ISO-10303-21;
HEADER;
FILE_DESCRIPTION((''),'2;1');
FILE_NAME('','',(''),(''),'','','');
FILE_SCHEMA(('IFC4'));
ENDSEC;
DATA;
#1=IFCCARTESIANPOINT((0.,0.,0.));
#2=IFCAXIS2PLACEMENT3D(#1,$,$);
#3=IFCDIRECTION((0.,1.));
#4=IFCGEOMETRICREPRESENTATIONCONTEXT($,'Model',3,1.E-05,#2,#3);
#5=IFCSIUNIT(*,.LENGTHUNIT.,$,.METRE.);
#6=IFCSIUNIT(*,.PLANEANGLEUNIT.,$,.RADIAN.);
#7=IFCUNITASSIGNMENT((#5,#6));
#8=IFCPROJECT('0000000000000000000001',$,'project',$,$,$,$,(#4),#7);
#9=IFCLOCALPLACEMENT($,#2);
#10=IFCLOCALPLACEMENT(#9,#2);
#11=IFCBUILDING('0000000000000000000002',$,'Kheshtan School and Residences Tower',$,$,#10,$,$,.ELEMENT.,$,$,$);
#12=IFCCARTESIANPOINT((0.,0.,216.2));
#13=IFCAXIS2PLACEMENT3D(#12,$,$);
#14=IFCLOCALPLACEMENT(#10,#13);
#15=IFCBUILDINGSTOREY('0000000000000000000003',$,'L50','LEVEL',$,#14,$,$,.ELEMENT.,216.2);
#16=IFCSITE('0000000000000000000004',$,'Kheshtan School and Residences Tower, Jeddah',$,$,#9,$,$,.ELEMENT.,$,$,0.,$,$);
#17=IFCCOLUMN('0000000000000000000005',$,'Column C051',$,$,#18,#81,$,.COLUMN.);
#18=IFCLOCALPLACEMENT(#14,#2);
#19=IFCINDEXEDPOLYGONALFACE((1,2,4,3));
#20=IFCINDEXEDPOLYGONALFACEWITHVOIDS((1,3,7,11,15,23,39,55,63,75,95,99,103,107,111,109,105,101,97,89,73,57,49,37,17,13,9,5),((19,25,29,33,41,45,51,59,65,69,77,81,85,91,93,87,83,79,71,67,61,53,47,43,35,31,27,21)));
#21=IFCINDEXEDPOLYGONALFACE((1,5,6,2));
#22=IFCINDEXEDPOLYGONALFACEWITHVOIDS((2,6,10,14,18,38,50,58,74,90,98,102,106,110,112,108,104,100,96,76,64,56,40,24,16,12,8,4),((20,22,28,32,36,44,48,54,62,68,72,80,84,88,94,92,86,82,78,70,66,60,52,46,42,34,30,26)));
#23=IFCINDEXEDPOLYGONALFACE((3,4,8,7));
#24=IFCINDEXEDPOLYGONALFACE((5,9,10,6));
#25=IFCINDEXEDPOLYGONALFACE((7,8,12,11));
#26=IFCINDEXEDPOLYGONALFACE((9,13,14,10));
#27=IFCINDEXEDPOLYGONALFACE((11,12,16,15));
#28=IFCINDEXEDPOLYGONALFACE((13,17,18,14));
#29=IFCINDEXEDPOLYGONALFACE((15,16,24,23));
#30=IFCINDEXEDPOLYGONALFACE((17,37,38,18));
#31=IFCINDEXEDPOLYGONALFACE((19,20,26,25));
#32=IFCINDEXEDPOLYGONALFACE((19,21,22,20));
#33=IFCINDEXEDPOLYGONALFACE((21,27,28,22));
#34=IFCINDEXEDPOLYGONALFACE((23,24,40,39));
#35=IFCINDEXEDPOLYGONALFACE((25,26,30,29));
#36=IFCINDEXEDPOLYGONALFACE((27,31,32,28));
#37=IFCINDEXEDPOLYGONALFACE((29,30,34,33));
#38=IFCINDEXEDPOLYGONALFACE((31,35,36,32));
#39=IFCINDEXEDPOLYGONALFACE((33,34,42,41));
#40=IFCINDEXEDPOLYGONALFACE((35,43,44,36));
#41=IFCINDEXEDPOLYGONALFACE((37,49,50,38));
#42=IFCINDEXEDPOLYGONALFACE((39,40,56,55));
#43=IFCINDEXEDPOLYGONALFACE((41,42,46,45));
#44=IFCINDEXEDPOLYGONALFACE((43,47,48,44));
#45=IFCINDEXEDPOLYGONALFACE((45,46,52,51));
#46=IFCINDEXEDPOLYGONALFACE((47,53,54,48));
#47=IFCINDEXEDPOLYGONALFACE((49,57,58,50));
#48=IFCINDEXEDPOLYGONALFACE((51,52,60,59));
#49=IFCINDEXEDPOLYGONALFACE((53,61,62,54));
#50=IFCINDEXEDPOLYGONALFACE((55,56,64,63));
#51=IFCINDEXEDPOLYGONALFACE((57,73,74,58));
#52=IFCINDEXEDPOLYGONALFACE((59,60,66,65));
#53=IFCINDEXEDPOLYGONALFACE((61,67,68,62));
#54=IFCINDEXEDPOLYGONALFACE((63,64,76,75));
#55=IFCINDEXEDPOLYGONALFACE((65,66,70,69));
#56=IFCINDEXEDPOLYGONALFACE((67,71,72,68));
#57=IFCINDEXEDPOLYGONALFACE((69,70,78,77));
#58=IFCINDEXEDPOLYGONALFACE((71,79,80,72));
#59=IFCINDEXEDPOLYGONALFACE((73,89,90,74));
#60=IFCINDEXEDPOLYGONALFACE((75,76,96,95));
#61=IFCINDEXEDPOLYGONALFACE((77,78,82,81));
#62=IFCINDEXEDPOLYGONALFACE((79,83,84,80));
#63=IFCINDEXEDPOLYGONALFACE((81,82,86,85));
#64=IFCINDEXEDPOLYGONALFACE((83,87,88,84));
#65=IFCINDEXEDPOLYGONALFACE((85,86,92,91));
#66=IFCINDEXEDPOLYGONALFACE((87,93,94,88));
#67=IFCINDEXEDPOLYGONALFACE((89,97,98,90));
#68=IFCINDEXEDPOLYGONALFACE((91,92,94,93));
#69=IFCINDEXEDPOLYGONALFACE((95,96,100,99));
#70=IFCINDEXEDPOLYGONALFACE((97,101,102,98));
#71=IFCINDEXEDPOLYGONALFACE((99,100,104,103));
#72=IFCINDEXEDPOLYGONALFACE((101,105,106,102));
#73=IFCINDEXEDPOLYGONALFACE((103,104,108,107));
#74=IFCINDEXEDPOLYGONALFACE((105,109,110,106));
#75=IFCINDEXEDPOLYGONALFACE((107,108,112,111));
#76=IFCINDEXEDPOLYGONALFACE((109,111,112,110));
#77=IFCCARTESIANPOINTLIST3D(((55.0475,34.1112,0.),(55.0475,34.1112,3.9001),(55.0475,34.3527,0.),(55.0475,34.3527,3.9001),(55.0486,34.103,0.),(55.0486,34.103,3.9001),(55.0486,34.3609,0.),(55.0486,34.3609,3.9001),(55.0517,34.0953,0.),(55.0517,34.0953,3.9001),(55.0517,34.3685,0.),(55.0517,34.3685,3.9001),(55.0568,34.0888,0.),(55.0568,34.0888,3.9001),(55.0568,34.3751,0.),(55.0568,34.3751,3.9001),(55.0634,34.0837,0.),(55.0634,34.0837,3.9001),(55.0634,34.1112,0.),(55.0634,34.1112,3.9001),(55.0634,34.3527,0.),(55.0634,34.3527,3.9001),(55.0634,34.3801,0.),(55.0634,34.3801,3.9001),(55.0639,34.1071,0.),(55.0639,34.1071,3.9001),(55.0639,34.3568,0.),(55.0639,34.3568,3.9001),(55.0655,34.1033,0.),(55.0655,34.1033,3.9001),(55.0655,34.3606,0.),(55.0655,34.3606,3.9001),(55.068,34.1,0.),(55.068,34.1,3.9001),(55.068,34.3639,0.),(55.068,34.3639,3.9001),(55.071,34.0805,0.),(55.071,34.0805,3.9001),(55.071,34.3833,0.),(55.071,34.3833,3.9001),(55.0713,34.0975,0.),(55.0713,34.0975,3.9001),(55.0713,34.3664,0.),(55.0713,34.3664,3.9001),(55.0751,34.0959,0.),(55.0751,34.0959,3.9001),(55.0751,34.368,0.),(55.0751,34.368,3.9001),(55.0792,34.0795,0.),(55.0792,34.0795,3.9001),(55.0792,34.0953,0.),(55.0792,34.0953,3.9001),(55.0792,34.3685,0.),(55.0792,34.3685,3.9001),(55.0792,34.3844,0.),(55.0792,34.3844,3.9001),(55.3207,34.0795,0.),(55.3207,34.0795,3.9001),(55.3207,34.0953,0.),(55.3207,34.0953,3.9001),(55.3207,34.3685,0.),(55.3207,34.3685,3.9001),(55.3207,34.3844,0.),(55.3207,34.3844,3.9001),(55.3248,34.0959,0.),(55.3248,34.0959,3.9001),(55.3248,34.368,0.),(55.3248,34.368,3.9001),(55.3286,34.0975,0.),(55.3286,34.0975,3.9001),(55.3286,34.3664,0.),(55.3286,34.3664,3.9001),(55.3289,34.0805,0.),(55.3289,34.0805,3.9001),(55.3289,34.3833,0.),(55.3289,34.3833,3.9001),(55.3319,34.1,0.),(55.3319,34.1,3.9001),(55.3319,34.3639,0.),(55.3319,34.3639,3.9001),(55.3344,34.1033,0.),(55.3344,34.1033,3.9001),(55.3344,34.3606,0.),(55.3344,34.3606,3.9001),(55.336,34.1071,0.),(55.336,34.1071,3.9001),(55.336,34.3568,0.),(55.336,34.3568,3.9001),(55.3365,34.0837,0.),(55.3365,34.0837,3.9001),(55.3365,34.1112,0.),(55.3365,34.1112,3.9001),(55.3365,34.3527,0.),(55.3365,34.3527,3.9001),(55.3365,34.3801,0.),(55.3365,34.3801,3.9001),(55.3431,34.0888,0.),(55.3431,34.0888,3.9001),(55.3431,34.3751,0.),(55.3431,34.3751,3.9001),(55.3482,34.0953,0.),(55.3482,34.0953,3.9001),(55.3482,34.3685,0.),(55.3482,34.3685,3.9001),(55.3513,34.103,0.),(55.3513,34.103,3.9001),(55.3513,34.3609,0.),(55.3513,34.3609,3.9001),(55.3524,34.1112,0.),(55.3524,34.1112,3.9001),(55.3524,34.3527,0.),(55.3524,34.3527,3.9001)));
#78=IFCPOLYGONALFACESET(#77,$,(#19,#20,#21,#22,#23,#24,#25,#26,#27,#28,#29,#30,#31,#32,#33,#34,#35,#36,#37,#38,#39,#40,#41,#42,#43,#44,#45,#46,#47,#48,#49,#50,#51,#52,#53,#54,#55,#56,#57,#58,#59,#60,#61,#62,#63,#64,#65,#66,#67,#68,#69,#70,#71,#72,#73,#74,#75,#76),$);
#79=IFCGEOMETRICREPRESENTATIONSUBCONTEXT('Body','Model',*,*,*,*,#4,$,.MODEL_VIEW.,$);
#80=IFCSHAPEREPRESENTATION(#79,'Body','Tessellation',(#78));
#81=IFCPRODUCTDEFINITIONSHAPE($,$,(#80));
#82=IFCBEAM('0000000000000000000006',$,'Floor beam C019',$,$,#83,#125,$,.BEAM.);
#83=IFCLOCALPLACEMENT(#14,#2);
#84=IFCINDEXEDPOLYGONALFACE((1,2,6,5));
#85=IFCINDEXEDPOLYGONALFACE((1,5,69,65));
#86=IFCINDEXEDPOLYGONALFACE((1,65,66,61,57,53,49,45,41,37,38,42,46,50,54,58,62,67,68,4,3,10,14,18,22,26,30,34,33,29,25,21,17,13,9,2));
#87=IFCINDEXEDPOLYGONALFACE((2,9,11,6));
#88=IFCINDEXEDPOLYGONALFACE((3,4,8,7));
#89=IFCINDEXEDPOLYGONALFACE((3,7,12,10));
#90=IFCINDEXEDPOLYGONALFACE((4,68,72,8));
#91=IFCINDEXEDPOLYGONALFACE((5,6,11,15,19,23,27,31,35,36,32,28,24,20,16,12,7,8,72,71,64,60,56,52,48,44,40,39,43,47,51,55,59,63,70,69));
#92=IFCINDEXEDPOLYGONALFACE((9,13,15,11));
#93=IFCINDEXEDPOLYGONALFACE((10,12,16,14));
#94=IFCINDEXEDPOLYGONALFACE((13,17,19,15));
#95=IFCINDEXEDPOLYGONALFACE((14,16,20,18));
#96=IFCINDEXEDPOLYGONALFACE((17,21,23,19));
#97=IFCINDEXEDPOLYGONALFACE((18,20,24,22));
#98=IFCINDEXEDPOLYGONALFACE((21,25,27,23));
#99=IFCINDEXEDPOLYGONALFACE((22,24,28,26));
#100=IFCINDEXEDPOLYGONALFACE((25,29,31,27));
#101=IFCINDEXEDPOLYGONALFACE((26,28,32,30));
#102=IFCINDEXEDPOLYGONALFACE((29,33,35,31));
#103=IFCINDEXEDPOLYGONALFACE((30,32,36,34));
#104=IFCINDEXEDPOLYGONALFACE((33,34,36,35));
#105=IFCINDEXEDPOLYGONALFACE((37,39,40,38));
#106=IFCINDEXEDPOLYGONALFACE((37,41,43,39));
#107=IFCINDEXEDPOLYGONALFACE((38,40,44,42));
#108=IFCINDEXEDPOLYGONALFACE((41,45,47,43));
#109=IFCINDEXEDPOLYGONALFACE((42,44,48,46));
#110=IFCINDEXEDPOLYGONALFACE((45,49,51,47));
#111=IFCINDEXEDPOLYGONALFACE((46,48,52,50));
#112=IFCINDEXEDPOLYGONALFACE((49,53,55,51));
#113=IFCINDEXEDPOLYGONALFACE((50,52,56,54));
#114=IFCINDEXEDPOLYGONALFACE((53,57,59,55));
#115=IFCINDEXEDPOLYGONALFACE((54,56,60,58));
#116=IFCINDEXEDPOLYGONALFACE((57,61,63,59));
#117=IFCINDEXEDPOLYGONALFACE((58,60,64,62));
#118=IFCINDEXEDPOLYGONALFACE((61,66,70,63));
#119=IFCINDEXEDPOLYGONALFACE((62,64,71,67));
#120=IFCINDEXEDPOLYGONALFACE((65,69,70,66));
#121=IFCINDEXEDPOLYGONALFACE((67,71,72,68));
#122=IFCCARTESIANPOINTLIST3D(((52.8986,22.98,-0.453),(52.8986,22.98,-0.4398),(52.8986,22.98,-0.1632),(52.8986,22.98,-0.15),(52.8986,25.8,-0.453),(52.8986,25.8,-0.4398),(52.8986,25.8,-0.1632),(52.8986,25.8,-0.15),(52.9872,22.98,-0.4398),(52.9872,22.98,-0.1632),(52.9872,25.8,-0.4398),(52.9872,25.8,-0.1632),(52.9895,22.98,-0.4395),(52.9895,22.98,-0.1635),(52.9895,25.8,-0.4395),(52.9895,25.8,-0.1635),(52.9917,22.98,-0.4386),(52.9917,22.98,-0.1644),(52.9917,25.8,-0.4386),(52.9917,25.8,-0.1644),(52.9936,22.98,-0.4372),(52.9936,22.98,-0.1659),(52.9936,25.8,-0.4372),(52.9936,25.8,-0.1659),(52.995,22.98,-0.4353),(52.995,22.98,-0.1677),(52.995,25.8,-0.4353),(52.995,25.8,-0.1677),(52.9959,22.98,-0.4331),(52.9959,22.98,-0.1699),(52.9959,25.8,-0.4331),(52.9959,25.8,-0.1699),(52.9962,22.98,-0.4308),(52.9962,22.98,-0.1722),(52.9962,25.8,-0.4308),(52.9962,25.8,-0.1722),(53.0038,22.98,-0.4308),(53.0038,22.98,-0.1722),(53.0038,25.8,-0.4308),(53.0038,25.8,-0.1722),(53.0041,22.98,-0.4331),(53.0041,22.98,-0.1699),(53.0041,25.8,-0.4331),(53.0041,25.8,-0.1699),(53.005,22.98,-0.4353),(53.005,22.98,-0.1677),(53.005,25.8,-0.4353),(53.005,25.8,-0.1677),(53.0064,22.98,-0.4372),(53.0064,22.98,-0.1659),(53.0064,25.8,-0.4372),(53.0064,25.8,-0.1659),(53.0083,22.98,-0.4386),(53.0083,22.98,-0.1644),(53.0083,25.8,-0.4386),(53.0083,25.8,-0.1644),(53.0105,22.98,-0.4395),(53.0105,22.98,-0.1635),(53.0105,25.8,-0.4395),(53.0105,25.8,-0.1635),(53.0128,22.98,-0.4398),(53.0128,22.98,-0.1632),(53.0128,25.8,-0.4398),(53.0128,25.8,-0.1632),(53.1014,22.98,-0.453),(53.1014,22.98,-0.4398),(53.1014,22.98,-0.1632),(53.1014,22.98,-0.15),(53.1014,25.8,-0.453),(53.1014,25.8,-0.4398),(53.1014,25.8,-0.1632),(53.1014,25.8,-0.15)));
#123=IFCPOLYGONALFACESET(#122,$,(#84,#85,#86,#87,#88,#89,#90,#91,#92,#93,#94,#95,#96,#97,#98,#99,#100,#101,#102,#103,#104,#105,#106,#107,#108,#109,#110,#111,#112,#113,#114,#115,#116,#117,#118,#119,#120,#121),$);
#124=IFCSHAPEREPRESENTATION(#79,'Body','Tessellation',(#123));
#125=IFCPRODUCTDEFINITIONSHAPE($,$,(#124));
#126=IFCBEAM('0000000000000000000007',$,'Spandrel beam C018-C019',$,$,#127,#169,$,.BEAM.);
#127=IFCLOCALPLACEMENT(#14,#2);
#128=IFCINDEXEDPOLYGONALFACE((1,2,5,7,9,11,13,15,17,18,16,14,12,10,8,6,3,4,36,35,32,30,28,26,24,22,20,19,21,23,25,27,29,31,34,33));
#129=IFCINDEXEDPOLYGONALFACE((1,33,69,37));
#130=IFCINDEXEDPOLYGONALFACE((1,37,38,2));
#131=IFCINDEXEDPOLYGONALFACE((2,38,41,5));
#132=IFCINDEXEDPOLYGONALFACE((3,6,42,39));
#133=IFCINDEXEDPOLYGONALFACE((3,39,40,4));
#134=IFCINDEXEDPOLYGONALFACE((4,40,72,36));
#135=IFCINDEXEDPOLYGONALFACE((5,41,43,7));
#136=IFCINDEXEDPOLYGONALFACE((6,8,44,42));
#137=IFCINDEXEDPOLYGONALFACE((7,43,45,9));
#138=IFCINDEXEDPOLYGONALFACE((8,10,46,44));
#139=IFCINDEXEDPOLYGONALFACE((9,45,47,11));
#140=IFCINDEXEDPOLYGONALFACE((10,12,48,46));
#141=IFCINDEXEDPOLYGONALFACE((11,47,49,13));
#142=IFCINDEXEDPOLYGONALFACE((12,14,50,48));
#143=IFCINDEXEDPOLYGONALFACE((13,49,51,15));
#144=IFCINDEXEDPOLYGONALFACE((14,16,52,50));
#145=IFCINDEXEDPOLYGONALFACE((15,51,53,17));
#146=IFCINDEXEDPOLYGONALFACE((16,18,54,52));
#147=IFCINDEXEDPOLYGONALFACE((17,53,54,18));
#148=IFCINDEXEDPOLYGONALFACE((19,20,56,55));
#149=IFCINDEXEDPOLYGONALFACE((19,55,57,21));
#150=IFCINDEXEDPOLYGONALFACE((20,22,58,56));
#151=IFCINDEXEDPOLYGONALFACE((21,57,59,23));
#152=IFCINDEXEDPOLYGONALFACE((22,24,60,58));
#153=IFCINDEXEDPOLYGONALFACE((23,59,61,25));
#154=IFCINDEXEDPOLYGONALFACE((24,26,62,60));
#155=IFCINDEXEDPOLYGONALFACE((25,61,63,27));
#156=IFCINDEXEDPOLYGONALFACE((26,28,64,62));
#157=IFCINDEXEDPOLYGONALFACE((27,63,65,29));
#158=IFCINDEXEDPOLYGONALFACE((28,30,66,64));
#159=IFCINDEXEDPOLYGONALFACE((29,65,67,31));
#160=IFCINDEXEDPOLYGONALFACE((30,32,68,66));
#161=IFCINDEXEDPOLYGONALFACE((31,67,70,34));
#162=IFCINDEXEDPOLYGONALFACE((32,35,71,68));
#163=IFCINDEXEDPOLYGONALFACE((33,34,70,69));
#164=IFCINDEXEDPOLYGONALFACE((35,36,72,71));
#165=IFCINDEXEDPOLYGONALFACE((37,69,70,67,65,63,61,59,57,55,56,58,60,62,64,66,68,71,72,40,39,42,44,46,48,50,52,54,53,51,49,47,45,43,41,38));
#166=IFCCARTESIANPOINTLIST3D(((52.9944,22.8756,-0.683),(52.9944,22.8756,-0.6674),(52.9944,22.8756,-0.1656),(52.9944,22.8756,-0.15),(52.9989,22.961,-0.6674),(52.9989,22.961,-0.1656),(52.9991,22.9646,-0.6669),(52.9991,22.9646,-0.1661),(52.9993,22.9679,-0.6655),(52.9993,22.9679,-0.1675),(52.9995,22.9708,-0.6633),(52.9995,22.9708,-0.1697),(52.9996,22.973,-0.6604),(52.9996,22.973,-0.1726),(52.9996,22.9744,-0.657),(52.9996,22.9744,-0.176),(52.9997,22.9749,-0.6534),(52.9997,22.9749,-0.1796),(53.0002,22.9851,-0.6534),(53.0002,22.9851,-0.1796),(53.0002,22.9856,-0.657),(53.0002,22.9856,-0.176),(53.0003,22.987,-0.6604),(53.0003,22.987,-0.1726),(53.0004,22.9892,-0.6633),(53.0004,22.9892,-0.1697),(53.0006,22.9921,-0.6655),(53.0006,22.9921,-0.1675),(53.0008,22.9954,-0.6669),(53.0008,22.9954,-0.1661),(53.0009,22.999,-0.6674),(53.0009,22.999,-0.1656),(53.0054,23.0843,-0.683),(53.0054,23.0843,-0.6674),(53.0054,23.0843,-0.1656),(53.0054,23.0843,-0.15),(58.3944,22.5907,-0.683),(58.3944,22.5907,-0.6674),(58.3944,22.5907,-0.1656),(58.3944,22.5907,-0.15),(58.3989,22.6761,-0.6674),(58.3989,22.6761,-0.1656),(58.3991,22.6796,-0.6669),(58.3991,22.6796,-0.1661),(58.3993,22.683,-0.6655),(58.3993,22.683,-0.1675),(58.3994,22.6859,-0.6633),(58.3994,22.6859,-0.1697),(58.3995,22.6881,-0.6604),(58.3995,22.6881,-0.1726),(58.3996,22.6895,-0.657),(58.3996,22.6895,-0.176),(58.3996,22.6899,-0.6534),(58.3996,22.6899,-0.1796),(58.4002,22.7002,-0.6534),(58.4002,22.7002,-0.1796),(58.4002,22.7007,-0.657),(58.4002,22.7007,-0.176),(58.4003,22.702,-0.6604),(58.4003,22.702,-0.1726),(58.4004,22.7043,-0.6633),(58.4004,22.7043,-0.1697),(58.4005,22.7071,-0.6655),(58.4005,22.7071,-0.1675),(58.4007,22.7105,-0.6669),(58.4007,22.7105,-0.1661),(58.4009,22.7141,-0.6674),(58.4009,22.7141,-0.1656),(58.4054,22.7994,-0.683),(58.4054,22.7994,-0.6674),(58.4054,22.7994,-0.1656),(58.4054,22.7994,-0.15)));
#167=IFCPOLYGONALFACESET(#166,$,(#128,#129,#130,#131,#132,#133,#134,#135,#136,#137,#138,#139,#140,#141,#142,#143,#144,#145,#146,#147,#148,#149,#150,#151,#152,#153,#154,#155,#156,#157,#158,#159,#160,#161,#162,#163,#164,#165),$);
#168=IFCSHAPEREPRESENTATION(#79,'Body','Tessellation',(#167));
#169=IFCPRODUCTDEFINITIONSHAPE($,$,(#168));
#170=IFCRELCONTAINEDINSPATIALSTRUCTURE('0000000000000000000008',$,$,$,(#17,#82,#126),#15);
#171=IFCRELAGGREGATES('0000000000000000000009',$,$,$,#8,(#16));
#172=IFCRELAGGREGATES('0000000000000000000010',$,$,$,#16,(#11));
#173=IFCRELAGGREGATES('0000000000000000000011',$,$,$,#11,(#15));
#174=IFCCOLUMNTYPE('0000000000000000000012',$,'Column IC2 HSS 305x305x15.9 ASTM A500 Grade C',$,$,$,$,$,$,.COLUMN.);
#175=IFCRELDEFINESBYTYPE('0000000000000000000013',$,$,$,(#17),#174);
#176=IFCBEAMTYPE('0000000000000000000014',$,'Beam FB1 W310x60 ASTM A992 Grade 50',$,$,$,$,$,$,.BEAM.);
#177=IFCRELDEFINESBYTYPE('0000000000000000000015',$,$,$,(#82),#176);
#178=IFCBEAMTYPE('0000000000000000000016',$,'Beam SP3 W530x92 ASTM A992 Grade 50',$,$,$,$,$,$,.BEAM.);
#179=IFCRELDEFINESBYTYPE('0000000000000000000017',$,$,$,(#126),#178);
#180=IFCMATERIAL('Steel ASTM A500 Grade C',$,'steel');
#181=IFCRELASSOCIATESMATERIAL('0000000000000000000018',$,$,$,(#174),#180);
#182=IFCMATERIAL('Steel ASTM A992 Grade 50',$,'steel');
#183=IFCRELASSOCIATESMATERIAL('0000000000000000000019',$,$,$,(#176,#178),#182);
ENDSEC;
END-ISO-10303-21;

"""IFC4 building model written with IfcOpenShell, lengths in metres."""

from ifc_helpers import new_model, si_unit, direction, frame, origin, origin_2d, place, context, subcontext, project, spatial, hollow_rectangle, i_section, extrude, material, material_profile, profile_set, type_object, element, save


model = new_model("IFC4")

# Units and contexts
model_context = context("Model", 3, precision=1e-05, world=origin(), true_north=direction((0.0, 1.0)))
body_context = subcontext(model_context, "Body", "Model", "MODEL_VIEW")
ifc_project = project(units=[si_unit("LENGTHUNIT", "METRE"), si_unit("PLANEANGLEUNIT", "RADIAN")], contexts=[model_context])

# Site, building, storey
site_placement = place(None, origin())
site = spatial("IfcSite", under=ifc_project, at=site_placement, Name="Kheshtan School and Residences Tower, Jeddah", CompositionType="ELEMENT", RefElevation=0.0)
building_placement = place(site_placement, origin())
building = spatial("IfcBuilding", under=site, at=building_placement, Name="Kheshtan School and Residences Tower", CompositionType="ELEMENT")
storey_placement = place(building_placement, frame((0.0, 0.0, 216.2)))
storey = spatial("IfcBuildingStorey", under=building, at=storey_placement, Name="L50", Description="LEVEL", CompositionType="ELEMENT", Elevation=216.2)

# Column
ifc_material_1 = material(Name="Steel ASTM A992 Grade 50", Category="steel")
ifc_material_2 = material(Name="Steel ASTM A500 Grade C", Category="steel")
ifc_material_profile_1 = material_profile(ifc_material_2, hollow_rectangle(XDim=0.3049, YDim=0.3049, WallThickness=0.0159, InnerFilletRadius=0.0159, OuterFilletRadius=0.0317, at=origin_2d()), Name="HSS 305x305x15.9")
ifc_profile_set_1 = profile_set([ifc_material_profile_1], Name="Steel ASTM A500 Grade C")
column_type_1 = type_object("IfcColumnType", Name="Column IC2 HSS 305x305x15.9 ASTM A500 Grade C", PredefinedType="COLUMN", material=ifc_profile_set_1)
column_placement = place(storey_placement, frame((55.2, 34.2319, 0.0), z_axis=(0.0, 0.0, 1.0), x_axis=(1.0, 0.0, 0.0)))
element("IfcColumn", 1, at=column_placement, inside=storey, type_object=column_type_1, Name="Column C051", PredefinedType="COLUMN", context=body_context, shape_type="SweptSolid", body=[
    extrude(hollow_rectangle(XDim=0.3049, YDim=0.3049, WallThickness=0.0159, InnerFilletRadius=0.0159, OuterFilletRadius=0.0317, at=origin_2d()), origin(), (0.0, 0.0, 1.0), 3.9001),
])

# Beams
ifc_material_profile_2 = material_profile(ifc_material_1, i_section(OverallWidth=0.2029, OverallDepth=0.303, WebThickness=0.0076, FlangeThickness=0.0132, FilletRadius=0.009, at=origin_2d()), Name="W310x60")
ifc_profile_set_2 = profile_set([ifc_material_profile_2], Name="Steel ASTM A992 Grade 50")
beam_type_1 = type_object("IfcBeamType", Name="Beam FB1 W310x60 ASTM A992 Grade 50", PredefinedType="BEAM", material=ifc_profile_set_2)
beam_1_placement = place(storey_placement, frame((53.0, 22.98, -0.3015), z_axis=(0.0, 1.0, 0.0), x_axis=(-1.0, 0.0, 0.0)))
element("IfcBeam", 2, at=beam_1_placement, inside=storey, type_object=beam_type_1, Name="Floor beam C019", PredefinedType="BEAM", context=body_context, shape_type="SweptSolid", body=[
    extrude(i_section(OverallWidth=0.2029, OverallDepth=0.303, WebThickness=0.0076, FlangeThickness=0.0132, FilletRadius=0.009, at=origin_2d()), origin(), (0.0, 0.0, 1.0), 2.8201),
])
ifc_material_profile_3 = material_profile(ifc_material_1, i_section(OverallWidth=0.209, OverallDepth=0.533, WebThickness=0.0103, FlangeThickness=0.0156, FilletRadius=0.0139, at=origin_2d()), Name="W530x92")
ifc_profile_set_3 = profile_set([ifc_material_profile_3], Name="Steel ASTM A992 Grade 50")
beam_type_2 = type_object("IfcBeamType", Name="Beam SP3 W530x92 ASTM A992 Grade 50", PredefinedType="BEAM", material=ifc_profile_set_3)
for number, where, z_axis, x_axis, name in (
    (3, (58.3999, 22.6951, -0.4165), (-0.998611, 0.052689, 0.0), (-0.052689, -0.998611, 0.0), "Spandrel beam C018-C019"),
):
    element("IfcBeam", number, at=place(storey_placement, frame(where, z_axis=z_axis, x_axis=x_axis)), inside=storey, type_object=beam_type_2, Name=name, PredefinedType="BEAM", context=body_context, shape_type="SweptSolid", body=[
        extrude(i_section(OverallWidth=0.209, OverallDepth=0.533, WebThickness=0.0103, FlangeThickness=0.0156, FilletRadius=0.0139, at=origin_2d()), origin(), (0.0, 0.0, 1.0), 5.4075),
    ])

save(model, "model.ifc")
